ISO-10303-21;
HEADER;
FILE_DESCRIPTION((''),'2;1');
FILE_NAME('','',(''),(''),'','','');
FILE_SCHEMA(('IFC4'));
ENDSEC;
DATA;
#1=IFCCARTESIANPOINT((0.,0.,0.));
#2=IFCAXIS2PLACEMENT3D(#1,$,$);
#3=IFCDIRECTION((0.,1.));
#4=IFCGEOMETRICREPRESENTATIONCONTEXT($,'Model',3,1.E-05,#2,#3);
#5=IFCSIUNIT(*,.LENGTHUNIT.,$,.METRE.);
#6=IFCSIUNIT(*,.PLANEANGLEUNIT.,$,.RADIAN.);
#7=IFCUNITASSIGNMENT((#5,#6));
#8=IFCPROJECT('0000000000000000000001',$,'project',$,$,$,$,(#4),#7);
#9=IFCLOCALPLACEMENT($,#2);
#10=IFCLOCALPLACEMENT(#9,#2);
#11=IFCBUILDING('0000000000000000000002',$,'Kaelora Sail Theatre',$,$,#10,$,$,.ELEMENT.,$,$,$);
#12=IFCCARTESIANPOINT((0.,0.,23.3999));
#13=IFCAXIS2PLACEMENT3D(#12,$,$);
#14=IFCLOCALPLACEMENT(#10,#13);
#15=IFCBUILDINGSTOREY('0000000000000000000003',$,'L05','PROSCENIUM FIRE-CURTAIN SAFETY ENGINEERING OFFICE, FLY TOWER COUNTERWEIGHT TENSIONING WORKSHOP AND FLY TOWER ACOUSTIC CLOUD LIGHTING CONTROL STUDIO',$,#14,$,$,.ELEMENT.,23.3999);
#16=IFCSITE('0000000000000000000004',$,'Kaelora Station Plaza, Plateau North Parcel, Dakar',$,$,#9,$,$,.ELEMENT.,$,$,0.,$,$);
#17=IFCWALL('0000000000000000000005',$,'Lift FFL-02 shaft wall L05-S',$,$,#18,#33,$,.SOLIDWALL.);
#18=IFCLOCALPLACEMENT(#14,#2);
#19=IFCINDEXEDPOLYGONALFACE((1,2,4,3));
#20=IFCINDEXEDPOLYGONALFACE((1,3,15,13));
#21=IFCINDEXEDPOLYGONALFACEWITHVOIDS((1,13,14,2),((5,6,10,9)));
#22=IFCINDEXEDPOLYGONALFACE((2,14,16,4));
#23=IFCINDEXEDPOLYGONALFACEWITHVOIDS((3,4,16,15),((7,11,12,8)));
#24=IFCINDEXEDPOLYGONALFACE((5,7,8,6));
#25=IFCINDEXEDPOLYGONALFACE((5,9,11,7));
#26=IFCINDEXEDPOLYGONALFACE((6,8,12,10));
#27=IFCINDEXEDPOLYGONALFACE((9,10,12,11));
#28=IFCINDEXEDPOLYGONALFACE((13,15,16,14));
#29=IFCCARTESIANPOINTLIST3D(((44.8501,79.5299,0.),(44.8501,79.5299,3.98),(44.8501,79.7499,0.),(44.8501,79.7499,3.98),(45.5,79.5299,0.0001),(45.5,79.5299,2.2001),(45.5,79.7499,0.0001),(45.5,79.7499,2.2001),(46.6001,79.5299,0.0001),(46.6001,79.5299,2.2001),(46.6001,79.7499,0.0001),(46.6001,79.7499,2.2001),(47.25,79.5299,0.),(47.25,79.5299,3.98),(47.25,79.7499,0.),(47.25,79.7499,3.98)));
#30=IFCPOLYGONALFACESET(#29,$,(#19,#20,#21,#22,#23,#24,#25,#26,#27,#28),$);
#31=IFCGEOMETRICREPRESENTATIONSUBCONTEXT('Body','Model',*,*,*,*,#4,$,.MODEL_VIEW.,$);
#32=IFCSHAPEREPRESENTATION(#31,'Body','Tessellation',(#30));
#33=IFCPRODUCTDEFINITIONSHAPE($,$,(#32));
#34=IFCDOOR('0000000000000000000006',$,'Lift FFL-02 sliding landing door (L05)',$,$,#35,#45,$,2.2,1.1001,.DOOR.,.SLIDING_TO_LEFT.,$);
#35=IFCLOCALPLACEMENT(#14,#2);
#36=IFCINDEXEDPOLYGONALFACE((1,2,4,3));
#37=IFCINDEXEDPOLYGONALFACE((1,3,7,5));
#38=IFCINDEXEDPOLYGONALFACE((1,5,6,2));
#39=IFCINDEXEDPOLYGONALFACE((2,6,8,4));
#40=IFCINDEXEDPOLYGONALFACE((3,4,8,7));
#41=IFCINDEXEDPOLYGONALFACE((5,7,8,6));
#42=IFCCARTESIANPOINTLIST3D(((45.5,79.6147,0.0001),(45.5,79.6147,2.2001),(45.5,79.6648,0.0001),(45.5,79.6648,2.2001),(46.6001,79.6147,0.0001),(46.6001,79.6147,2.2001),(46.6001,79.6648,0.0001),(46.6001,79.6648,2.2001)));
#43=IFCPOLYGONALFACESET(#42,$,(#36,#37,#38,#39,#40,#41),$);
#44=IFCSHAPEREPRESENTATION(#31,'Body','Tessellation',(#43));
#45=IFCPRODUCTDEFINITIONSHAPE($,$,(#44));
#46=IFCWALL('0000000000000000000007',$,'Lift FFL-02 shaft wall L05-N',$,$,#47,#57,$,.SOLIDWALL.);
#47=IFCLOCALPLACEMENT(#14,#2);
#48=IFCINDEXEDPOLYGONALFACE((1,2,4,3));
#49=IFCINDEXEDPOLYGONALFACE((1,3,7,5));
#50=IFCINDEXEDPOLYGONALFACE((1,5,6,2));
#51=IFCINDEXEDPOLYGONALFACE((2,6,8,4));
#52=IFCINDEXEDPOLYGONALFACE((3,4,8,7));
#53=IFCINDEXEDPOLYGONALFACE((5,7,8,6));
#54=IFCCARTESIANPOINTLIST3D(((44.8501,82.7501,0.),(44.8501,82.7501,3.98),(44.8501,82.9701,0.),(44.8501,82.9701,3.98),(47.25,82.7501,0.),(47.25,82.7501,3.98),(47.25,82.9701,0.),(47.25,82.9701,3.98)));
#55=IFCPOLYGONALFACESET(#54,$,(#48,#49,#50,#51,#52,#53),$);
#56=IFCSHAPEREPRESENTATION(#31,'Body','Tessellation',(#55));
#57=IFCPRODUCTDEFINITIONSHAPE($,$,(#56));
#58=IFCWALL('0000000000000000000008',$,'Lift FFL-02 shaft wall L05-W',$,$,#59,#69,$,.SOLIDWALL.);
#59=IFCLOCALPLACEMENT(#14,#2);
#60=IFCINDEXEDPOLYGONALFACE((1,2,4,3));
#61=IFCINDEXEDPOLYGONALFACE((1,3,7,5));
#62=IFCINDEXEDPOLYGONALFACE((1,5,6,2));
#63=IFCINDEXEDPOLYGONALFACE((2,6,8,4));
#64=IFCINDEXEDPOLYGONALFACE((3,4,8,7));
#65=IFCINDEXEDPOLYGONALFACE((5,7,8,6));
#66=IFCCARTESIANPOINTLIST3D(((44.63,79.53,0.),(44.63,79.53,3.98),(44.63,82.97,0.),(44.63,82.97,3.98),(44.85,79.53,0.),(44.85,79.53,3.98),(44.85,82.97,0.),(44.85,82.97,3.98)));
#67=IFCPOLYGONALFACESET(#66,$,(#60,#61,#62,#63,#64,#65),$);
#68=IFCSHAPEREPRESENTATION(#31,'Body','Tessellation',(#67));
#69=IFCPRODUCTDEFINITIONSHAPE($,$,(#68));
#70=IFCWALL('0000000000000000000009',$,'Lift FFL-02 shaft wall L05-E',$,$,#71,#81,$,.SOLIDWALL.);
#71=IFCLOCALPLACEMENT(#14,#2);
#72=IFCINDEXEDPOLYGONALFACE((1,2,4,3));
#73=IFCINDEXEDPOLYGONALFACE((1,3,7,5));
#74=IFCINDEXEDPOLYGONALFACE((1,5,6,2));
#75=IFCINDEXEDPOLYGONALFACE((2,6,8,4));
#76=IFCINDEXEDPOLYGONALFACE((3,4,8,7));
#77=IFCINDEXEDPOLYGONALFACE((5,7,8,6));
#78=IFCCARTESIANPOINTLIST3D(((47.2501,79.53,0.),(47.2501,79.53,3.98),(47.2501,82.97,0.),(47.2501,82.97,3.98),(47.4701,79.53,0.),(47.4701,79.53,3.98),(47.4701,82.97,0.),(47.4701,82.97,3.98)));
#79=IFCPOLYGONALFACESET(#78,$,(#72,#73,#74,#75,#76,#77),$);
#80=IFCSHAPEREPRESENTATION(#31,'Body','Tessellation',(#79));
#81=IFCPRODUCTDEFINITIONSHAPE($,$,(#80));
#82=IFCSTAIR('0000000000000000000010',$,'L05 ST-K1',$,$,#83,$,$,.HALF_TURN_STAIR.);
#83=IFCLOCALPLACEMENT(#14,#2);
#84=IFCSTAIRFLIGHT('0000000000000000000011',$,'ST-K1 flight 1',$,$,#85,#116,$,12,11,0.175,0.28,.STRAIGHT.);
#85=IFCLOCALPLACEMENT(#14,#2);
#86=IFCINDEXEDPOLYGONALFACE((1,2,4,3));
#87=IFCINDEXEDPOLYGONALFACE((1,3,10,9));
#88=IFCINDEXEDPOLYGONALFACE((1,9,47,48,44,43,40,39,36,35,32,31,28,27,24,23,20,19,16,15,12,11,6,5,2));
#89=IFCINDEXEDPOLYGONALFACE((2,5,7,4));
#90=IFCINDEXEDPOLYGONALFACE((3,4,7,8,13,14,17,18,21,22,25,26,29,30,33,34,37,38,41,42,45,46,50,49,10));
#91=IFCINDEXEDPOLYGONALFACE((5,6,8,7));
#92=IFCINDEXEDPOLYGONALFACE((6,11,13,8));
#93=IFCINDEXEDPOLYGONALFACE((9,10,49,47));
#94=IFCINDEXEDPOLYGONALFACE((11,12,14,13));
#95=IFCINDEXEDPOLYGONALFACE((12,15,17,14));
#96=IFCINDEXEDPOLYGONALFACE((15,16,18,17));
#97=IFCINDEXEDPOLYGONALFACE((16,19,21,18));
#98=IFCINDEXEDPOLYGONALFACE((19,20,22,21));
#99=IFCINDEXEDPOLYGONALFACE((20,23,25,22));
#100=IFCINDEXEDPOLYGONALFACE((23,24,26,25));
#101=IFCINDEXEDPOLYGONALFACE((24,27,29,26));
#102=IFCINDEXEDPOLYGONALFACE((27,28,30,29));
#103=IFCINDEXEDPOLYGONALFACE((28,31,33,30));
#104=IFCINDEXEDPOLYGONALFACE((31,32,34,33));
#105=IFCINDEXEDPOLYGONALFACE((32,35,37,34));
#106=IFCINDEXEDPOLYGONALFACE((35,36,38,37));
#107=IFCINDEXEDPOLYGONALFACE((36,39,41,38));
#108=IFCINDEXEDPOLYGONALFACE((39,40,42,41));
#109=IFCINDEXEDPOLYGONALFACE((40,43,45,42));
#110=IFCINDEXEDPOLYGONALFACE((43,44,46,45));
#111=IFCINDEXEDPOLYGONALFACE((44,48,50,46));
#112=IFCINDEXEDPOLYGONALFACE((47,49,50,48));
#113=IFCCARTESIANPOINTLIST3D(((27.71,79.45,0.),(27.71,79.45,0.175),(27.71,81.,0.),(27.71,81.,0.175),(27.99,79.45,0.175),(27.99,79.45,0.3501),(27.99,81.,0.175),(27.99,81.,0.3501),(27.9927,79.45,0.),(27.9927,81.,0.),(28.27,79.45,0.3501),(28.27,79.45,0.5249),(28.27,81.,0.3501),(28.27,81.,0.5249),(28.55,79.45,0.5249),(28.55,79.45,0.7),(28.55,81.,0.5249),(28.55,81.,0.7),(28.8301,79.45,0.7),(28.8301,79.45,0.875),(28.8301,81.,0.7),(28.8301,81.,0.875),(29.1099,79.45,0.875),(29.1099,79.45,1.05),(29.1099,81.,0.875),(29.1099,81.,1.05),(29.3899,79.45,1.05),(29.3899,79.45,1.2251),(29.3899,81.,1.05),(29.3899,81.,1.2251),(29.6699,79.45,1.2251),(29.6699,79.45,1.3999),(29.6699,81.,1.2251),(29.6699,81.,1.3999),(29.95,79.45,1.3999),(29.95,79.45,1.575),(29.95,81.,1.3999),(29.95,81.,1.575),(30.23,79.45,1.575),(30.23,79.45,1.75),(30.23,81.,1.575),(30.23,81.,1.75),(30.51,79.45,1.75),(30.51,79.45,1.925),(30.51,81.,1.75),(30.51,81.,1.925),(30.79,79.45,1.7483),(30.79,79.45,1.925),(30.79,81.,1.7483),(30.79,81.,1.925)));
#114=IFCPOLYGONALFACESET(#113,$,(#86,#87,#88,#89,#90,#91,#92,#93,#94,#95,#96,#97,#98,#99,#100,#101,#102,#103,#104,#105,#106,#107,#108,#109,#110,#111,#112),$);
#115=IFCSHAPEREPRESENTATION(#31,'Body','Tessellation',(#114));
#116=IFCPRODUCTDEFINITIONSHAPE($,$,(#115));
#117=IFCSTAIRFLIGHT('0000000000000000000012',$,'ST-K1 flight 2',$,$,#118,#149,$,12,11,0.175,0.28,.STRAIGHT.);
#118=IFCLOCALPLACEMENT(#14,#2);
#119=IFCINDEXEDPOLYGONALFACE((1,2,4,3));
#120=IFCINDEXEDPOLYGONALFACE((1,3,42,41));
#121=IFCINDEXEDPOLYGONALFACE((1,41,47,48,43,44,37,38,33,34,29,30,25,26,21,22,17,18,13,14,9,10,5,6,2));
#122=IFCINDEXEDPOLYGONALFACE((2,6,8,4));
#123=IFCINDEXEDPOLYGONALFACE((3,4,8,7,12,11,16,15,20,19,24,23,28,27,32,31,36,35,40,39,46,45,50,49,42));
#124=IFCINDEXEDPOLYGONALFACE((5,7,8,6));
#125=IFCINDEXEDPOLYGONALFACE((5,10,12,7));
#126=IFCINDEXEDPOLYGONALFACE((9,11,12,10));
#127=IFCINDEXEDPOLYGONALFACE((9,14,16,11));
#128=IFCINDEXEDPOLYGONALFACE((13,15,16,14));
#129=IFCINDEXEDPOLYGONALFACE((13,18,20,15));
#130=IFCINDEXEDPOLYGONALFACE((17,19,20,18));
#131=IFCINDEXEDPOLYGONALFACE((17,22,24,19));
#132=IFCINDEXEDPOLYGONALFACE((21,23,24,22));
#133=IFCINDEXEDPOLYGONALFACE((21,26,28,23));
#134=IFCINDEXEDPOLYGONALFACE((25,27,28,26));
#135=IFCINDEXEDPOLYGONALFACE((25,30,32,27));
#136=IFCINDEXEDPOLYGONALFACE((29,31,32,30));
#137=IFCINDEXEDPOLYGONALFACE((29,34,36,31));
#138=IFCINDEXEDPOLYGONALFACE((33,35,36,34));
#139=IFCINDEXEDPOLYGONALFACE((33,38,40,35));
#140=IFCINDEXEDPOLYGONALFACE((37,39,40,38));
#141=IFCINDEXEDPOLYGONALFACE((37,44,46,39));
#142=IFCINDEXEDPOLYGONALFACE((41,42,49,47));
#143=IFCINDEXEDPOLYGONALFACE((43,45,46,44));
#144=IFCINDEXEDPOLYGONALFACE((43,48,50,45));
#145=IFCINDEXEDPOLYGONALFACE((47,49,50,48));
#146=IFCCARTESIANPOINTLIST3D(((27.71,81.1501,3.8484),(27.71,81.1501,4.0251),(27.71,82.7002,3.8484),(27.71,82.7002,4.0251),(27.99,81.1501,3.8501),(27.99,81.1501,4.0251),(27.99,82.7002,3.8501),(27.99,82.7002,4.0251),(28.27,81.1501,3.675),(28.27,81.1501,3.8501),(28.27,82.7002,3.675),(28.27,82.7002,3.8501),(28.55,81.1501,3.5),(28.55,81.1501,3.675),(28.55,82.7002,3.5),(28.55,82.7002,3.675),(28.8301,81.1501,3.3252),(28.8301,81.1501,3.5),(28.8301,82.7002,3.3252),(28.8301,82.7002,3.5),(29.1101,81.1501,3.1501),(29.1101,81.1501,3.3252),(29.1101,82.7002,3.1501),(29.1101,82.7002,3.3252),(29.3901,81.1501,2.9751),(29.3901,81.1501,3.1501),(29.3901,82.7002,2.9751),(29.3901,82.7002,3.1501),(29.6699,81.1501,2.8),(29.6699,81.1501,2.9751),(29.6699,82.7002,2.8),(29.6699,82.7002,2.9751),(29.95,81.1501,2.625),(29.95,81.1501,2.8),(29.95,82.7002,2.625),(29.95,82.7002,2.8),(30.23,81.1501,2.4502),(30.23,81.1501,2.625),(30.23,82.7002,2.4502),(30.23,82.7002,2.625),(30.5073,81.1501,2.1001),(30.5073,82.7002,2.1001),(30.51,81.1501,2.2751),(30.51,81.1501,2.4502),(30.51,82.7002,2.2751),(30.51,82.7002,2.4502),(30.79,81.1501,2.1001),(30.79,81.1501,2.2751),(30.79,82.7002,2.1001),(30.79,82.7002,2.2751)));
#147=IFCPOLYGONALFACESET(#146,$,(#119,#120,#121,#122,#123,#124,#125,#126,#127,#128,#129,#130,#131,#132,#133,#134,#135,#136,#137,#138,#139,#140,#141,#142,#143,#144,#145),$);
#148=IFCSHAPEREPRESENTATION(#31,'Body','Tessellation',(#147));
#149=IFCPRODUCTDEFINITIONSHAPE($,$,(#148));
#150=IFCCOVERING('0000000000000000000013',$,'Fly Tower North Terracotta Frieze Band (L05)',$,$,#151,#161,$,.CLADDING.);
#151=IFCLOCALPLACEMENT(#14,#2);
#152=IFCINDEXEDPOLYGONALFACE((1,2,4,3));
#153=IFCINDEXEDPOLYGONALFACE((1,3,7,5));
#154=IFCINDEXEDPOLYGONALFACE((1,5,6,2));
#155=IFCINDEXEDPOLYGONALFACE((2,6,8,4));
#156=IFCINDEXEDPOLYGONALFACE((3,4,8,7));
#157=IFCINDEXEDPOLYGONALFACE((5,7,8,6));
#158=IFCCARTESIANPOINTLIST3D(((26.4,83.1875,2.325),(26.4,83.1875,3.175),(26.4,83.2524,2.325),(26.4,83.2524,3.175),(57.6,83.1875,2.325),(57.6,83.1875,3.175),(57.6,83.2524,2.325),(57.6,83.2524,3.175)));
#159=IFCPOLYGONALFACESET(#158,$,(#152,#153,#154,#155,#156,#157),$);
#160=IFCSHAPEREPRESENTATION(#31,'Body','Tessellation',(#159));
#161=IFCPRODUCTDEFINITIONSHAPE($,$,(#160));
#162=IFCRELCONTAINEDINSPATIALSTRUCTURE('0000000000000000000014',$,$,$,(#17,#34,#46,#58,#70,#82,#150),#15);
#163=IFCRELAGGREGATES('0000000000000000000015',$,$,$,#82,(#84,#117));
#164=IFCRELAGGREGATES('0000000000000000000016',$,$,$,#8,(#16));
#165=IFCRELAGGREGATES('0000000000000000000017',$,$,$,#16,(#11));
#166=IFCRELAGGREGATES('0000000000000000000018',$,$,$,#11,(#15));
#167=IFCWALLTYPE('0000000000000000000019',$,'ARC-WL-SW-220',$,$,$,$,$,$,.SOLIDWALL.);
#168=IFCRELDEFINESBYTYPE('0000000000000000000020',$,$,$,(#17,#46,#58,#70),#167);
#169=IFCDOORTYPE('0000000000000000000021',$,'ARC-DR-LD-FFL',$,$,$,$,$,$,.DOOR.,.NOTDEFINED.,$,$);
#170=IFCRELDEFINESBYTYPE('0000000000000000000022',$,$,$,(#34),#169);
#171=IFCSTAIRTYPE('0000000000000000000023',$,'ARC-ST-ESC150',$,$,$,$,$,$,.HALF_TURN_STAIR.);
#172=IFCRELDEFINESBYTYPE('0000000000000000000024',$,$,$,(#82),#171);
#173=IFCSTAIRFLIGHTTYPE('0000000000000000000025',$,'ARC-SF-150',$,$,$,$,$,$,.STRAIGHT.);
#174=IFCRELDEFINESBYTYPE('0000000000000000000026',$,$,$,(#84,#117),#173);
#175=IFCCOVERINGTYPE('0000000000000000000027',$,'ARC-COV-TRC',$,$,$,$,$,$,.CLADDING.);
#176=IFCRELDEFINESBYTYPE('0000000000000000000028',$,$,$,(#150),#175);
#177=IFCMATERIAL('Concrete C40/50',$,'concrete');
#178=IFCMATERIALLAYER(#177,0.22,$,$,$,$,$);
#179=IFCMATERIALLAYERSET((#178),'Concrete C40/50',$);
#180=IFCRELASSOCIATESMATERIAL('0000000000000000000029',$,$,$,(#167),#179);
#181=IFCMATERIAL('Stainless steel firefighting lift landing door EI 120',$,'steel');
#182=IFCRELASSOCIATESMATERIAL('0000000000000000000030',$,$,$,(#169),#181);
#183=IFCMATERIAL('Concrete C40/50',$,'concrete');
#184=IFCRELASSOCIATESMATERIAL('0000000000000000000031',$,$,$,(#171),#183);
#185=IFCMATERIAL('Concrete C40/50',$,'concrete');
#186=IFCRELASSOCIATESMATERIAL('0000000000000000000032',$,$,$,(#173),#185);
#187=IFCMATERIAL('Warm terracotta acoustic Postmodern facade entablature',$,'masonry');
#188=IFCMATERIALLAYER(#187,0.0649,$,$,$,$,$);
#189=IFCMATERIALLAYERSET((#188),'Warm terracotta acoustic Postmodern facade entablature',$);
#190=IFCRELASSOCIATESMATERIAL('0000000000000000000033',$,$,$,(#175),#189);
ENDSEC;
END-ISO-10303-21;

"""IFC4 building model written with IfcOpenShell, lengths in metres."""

from ifc_helpers import new_model, si_unit, direction, frame, frame_2d, origin, origin_2d, place, context, subcontext, project, spatial, polyline, rectangle, outline, extrude, material, layer, layer_set, type_object, element, fill, aggregate, save


model = new_model("IFC4")

# Units and contexts
model_context = context("Model", 3, precision=1e-05, world=origin(), true_north=direction((0.0, 1.0)))
body_context = subcontext(model_context, "Body", "Model", "MODEL_VIEW")
ifc_project = project(units=[si_unit("LENGTHUNIT", "METRE"), si_unit("PLANEANGLEUNIT", "RADIAN")], contexts=[model_context])

# Site, building, storey
site_placement = place(None, origin())
site = spatial("IfcSite", under=ifc_project, at=site_placement, Name="Kaelora Station Plaza, Plateau North Parcel, Dakar", CompositionType="ELEMENT", RefElevation=0.0)
building_placement = place(site_placement, origin())
building = spatial("IfcBuilding", under=site, at=building_placement, Name="Kaelora Sail Theatre", CompositionType="ELEMENT")
storey_placement = place(building_placement, frame((0.0, 0.0, 23.3999)))
storey = spatial("IfcBuildingStorey", under=building, at=storey_placement, Name="L05", Description="PROSCENIUM FIRE-CURTAIN SAFETY ENGINEERING OFFICE, FLY TOWER COUNTERWEIGHT TENSIONING WORKSHOP AND FLY TOWER ACOUSTIC CLOUD LIGHTING CONTROL STUDIO", CompositionType="ELEMENT", Elevation=23.3999)

# Shared definitions
ifc_material_1 = material(Name="Concrete C40/50", Category="concrete")
ifc_layer_1 = layer(ifc_material_1, 0.22)
ifc_layer_set_1 = layer_set([ifc_layer_1], Name="Concrete C40/50")
wall_type_1 = type_object("IfcWallType", Name="ARC-WL-SW-220", PredefinedType="SOLIDWALL", material=ifc_layer_set_1)
ifc_material_2 = material(Name="Stainless steel firefighting lift landing door EI 120", Category="steel")
door_type = type_object("IfcDoorType", Name="ARC-DR-LD-FFL", OperationType="NOTDEFINED", PredefinedType="DOOR", material=ifc_material_2)

# Wall, opening, door
wall_1_placement = place(storey_placement, frame((44.8501, 79.6399, 0.0), z_axis=(0.0, 0.0, 1.0), x_axis=(1.0, 0.0, 0.0)))
wall_1 = element("IfcWall", 1, at=wall_1_placement, inside=storey, type_object=wall_type_1, Name="Lift FFL-02 shaft wall L05-S", PredefinedType="SOLIDWALL", context=body_context, shape_type="SweptSolid", body=[
    extrude(rectangle(XDim=2.3999, YDim=0.22, at=frame_2d((1.2, 0.0))), origin(), (0.0, 0.0, 1.0), 3.98),
])
opening_1_placement = place(wall_1_placement, frame((0.6499, 0.0, 0.0)))
opening_1 = element("IfcOpeningElement", 2, at=opening_1_placement, cuts=wall_1, PredefinedType="OPENING", context=body_context, shape_type="SweptSolid", body=[
    extrude(rectangle(XDim=1.1001, YDim=2.2, at=frame_2d((0.55, 1.1001))), frame((0.0, 0.1199, 0.0), z_axis=(0.0, -1.0, 0.0), x_axis=(1.0, 0.0, 0.0)), (0.0, 0.0, 1.0), 0.24),
])
door_1_placement = place(opening_1_placement, origin())
door_1 = element("IfcDoor", 3, at=door_1_placement, inside=storey, type_object=door_type, Name="Lift FFL-02 sliding landing door (L05)", OperationType="SLIDING_TO_LEFT", OverallHeight=2.2, OverallWidth=1.1001, PredefinedType="DOOR", context=body_context, shape_type="SweptSolid", body=[
    extrude(rectangle(XDim=1.1001, YDim=2.2, at=frame_2d((0.55, 1.1001))), frame((0.0, 0.0249, 0.0), z_axis=(0.0, -1.0, 0.0), x_axis=(1.0, 0.0, 0.0)), (0.0, 0.0, 1.0), 0.05),
])
fill(opening_1, door_1)

# Walls
wall_2_placement = place(storey_placement, frame((44.8501, 82.8601, 0.0), z_axis=(0.0, 0.0, 1.0), x_axis=(1.0, 0.0, 0.0)))
element("IfcWall", 4, at=wall_2_placement, inside=storey, type_object=wall_type_1, Name="Lift FFL-02 shaft wall L05-N", PredefinedType="SOLIDWALL", context=body_context, shape_type="SweptSolid", body=[
    extrude(rectangle(XDim=2.3999, YDim=0.22, at=frame_2d((1.2, 0.0))), origin(), (0.0, 0.0, 1.0), 3.98),
])
for number, where, z_axis, x_axis, name in (
    (5, (44.74, 79.53, 0.0), (0.0, 0.0, 1.0), (0.0, 1.0, 0.0), "Lift FFL-02 shaft wall L05-W"),
    (6, (47.3601, 79.53, 0.0), (0.0, 0.0, 1.0), (0.0, 1.0, 0.0), "Lift FFL-02 shaft wall L05-E"),
):
    element("IfcWall", number, at=place(storey_placement, frame(where, z_axis=z_axis, x_axis=x_axis)), inside=storey, type_object=wall_type_1, Name=name, PredefinedType="SOLIDWALL", context=body_context, shape_type="SweptSolid", body=[
        extrude(rectangle(XDim=3.4399, YDim=0.22, at=frame_2d((1.72, 0.0))), origin(), (0.0, 0.0, 1.0), 3.98),
    ])

# Stair, stair flights
ifc_material_3 = material(Name="Concrete C40/50", Category="concrete")
stair_type = type_object("IfcStairType", Name="ARC-ST-ESC150", PredefinedType="HALF_TURN_STAIR", material=ifc_material_3)
stair_placement = place(storey_placement, origin())
stair = element("IfcStair", 7, at=stair_placement, inside=storey, type_object=stair_type, Name="L05 ST-K1", PredefinedType="HALF_TURN_STAIR")
ifc_material_4 = material(Name="Concrete C40/50", Category="concrete")
stair_flight_type = type_object("IfcStairFlightType", Name="ARC-SF-150", PredefinedType="STRAIGHT", material=ifc_material_4)
stair_flight_1_placement = place(storey_placement, frame((27.71, 80.2251, 0.0), z_axis=(0.0, 0.0, 1.0), x_axis=(1.0, 0.0, 0.0)))
stair_flight_1 = element("IfcStairFlight", 8, at=stair_flight_1_placement, type_object=stair_flight_type, Name="ST-K1 flight 1", NumberOfRisers=12, NumberOfTreads=11, PredefinedType="STRAIGHT", RiserHeight=0.175, TreadLength=0.28, context=body_context, shape_type="SweptSolid", body=[
    extrude(outline(polyline([(0.0, 0.0), (0.0, 0.175), (0.28, 0.175), (0.28, 0.3501), (0.5601, 0.3501), (0.5601, 0.5249), (0.8401, 0.5249), (0.8401, 0.7), (1.1201, 0.7), (1.1201, 0.875), (1.3999, 0.875), (1.3999, 1.05), (1.6799, 1.05), (1.6799, 1.2251), (1.96, 1.2251), (1.96, 1.3999), (2.24, 1.3999), (2.24, 1.575), (2.52, 1.575), (2.52, 1.75), (2.8, 1.75), (2.8, 1.925), (3.0801, 1.925), (3.0801, 2.1001), (3.0801, 1.7483), (0.2827, 0.0), (0.0, 0.0)])), frame((0.0, 0.7749, 0.0), z_axis=(0.0, -1.0, 0.0), x_axis=(1.0, 0.0, 0.0)), (0.0, 0.0, 1.0), 1.55),
])
stair_flight_2_placement = place(storey_placement, frame((30.79, 81.925, 2.1001), z_axis=(0.0, 0.0, 1.0), x_axis=(-1.0, 0.0, 0.0)))
stair_flight_2 = element("IfcStairFlight", 9, at=stair_flight_2_placement, type_object=stair_flight_type, Name="ST-K1 flight 2", NumberOfRisers=12, NumberOfTreads=11, PredefinedType="STRAIGHT", RiserHeight=0.175, TreadLength=0.28, context=body_context, shape_type="SweptSolid", body=[
    extrude(outline(polyline([(0.0, 0.0), (0.0, 0.175), (0.28, 0.175), (0.28, 0.3501), (0.5601, 0.3501), (0.5601, 0.5249), (0.8401, 0.5249), (0.8401, 0.7), (1.1201, 0.7), (1.1201, 0.875), (1.3999, 0.875), (1.3999, 1.05), (1.6799, 1.05), (1.6799, 1.2251), (1.96, 1.2251), (1.96, 1.3999), (2.24, 1.3999), (2.24, 1.575), (2.52, 1.575), (2.52, 1.75), (2.8, 1.75), (2.8, 1.925), (3.0801, 1.925), (3.0801, 2.1001), (3.0801, 1.7483), (0.2827, 0.0), (0.0, 0.0)])), frame((0.0, 0.7749, 0.0), z_axis=(0.0, -1.0, 0.0), x_axis=(1.0, 0.0, 0.0)), (0.0, 0.0, 1.0), 1.55),
])
aggregate(stair, [stair_flight_1, stair_flight_2])

# Covering
ifc_material_5 = material(Name="Warm terracotta acoustic Postmodern facade entablature", Category="masonry")
ifc_layer_2 = layer(ifc_material_5, 0.0649)
ifc_layer_set_2 = layer_set([ifc_layer_2], Name="Warm terracotta acoustic Postmodern facade entablature")
covering_type = type_object("IfcCoveringType", Name="ARC-COV-TRC", PredefinedType="CLADDING", material=ifc_layer_set_2)
covering_placement = place(storey_placement, frame((42.0, 83.22, 2.325), z_axis=(0.0, 0.0, 1.0), x_axis=(1.0, 0.0, 0.0)))
element("IfcCovering", 10, at=covering_placement, inside=storey, type_object=covering_type, Name="Fly Tower North Terracotta Frieze Band (L05)", PredefinedType="CLADDING", context=body_context, shape_type="SweptSolid", body=[
    extrude(rectangle(XDim=31.2, YDim=0.0649, at=origin_2d()), origin(), (0.0, 0.0, 1.0), 0.8501),
])

save(model, "model.ifc")
